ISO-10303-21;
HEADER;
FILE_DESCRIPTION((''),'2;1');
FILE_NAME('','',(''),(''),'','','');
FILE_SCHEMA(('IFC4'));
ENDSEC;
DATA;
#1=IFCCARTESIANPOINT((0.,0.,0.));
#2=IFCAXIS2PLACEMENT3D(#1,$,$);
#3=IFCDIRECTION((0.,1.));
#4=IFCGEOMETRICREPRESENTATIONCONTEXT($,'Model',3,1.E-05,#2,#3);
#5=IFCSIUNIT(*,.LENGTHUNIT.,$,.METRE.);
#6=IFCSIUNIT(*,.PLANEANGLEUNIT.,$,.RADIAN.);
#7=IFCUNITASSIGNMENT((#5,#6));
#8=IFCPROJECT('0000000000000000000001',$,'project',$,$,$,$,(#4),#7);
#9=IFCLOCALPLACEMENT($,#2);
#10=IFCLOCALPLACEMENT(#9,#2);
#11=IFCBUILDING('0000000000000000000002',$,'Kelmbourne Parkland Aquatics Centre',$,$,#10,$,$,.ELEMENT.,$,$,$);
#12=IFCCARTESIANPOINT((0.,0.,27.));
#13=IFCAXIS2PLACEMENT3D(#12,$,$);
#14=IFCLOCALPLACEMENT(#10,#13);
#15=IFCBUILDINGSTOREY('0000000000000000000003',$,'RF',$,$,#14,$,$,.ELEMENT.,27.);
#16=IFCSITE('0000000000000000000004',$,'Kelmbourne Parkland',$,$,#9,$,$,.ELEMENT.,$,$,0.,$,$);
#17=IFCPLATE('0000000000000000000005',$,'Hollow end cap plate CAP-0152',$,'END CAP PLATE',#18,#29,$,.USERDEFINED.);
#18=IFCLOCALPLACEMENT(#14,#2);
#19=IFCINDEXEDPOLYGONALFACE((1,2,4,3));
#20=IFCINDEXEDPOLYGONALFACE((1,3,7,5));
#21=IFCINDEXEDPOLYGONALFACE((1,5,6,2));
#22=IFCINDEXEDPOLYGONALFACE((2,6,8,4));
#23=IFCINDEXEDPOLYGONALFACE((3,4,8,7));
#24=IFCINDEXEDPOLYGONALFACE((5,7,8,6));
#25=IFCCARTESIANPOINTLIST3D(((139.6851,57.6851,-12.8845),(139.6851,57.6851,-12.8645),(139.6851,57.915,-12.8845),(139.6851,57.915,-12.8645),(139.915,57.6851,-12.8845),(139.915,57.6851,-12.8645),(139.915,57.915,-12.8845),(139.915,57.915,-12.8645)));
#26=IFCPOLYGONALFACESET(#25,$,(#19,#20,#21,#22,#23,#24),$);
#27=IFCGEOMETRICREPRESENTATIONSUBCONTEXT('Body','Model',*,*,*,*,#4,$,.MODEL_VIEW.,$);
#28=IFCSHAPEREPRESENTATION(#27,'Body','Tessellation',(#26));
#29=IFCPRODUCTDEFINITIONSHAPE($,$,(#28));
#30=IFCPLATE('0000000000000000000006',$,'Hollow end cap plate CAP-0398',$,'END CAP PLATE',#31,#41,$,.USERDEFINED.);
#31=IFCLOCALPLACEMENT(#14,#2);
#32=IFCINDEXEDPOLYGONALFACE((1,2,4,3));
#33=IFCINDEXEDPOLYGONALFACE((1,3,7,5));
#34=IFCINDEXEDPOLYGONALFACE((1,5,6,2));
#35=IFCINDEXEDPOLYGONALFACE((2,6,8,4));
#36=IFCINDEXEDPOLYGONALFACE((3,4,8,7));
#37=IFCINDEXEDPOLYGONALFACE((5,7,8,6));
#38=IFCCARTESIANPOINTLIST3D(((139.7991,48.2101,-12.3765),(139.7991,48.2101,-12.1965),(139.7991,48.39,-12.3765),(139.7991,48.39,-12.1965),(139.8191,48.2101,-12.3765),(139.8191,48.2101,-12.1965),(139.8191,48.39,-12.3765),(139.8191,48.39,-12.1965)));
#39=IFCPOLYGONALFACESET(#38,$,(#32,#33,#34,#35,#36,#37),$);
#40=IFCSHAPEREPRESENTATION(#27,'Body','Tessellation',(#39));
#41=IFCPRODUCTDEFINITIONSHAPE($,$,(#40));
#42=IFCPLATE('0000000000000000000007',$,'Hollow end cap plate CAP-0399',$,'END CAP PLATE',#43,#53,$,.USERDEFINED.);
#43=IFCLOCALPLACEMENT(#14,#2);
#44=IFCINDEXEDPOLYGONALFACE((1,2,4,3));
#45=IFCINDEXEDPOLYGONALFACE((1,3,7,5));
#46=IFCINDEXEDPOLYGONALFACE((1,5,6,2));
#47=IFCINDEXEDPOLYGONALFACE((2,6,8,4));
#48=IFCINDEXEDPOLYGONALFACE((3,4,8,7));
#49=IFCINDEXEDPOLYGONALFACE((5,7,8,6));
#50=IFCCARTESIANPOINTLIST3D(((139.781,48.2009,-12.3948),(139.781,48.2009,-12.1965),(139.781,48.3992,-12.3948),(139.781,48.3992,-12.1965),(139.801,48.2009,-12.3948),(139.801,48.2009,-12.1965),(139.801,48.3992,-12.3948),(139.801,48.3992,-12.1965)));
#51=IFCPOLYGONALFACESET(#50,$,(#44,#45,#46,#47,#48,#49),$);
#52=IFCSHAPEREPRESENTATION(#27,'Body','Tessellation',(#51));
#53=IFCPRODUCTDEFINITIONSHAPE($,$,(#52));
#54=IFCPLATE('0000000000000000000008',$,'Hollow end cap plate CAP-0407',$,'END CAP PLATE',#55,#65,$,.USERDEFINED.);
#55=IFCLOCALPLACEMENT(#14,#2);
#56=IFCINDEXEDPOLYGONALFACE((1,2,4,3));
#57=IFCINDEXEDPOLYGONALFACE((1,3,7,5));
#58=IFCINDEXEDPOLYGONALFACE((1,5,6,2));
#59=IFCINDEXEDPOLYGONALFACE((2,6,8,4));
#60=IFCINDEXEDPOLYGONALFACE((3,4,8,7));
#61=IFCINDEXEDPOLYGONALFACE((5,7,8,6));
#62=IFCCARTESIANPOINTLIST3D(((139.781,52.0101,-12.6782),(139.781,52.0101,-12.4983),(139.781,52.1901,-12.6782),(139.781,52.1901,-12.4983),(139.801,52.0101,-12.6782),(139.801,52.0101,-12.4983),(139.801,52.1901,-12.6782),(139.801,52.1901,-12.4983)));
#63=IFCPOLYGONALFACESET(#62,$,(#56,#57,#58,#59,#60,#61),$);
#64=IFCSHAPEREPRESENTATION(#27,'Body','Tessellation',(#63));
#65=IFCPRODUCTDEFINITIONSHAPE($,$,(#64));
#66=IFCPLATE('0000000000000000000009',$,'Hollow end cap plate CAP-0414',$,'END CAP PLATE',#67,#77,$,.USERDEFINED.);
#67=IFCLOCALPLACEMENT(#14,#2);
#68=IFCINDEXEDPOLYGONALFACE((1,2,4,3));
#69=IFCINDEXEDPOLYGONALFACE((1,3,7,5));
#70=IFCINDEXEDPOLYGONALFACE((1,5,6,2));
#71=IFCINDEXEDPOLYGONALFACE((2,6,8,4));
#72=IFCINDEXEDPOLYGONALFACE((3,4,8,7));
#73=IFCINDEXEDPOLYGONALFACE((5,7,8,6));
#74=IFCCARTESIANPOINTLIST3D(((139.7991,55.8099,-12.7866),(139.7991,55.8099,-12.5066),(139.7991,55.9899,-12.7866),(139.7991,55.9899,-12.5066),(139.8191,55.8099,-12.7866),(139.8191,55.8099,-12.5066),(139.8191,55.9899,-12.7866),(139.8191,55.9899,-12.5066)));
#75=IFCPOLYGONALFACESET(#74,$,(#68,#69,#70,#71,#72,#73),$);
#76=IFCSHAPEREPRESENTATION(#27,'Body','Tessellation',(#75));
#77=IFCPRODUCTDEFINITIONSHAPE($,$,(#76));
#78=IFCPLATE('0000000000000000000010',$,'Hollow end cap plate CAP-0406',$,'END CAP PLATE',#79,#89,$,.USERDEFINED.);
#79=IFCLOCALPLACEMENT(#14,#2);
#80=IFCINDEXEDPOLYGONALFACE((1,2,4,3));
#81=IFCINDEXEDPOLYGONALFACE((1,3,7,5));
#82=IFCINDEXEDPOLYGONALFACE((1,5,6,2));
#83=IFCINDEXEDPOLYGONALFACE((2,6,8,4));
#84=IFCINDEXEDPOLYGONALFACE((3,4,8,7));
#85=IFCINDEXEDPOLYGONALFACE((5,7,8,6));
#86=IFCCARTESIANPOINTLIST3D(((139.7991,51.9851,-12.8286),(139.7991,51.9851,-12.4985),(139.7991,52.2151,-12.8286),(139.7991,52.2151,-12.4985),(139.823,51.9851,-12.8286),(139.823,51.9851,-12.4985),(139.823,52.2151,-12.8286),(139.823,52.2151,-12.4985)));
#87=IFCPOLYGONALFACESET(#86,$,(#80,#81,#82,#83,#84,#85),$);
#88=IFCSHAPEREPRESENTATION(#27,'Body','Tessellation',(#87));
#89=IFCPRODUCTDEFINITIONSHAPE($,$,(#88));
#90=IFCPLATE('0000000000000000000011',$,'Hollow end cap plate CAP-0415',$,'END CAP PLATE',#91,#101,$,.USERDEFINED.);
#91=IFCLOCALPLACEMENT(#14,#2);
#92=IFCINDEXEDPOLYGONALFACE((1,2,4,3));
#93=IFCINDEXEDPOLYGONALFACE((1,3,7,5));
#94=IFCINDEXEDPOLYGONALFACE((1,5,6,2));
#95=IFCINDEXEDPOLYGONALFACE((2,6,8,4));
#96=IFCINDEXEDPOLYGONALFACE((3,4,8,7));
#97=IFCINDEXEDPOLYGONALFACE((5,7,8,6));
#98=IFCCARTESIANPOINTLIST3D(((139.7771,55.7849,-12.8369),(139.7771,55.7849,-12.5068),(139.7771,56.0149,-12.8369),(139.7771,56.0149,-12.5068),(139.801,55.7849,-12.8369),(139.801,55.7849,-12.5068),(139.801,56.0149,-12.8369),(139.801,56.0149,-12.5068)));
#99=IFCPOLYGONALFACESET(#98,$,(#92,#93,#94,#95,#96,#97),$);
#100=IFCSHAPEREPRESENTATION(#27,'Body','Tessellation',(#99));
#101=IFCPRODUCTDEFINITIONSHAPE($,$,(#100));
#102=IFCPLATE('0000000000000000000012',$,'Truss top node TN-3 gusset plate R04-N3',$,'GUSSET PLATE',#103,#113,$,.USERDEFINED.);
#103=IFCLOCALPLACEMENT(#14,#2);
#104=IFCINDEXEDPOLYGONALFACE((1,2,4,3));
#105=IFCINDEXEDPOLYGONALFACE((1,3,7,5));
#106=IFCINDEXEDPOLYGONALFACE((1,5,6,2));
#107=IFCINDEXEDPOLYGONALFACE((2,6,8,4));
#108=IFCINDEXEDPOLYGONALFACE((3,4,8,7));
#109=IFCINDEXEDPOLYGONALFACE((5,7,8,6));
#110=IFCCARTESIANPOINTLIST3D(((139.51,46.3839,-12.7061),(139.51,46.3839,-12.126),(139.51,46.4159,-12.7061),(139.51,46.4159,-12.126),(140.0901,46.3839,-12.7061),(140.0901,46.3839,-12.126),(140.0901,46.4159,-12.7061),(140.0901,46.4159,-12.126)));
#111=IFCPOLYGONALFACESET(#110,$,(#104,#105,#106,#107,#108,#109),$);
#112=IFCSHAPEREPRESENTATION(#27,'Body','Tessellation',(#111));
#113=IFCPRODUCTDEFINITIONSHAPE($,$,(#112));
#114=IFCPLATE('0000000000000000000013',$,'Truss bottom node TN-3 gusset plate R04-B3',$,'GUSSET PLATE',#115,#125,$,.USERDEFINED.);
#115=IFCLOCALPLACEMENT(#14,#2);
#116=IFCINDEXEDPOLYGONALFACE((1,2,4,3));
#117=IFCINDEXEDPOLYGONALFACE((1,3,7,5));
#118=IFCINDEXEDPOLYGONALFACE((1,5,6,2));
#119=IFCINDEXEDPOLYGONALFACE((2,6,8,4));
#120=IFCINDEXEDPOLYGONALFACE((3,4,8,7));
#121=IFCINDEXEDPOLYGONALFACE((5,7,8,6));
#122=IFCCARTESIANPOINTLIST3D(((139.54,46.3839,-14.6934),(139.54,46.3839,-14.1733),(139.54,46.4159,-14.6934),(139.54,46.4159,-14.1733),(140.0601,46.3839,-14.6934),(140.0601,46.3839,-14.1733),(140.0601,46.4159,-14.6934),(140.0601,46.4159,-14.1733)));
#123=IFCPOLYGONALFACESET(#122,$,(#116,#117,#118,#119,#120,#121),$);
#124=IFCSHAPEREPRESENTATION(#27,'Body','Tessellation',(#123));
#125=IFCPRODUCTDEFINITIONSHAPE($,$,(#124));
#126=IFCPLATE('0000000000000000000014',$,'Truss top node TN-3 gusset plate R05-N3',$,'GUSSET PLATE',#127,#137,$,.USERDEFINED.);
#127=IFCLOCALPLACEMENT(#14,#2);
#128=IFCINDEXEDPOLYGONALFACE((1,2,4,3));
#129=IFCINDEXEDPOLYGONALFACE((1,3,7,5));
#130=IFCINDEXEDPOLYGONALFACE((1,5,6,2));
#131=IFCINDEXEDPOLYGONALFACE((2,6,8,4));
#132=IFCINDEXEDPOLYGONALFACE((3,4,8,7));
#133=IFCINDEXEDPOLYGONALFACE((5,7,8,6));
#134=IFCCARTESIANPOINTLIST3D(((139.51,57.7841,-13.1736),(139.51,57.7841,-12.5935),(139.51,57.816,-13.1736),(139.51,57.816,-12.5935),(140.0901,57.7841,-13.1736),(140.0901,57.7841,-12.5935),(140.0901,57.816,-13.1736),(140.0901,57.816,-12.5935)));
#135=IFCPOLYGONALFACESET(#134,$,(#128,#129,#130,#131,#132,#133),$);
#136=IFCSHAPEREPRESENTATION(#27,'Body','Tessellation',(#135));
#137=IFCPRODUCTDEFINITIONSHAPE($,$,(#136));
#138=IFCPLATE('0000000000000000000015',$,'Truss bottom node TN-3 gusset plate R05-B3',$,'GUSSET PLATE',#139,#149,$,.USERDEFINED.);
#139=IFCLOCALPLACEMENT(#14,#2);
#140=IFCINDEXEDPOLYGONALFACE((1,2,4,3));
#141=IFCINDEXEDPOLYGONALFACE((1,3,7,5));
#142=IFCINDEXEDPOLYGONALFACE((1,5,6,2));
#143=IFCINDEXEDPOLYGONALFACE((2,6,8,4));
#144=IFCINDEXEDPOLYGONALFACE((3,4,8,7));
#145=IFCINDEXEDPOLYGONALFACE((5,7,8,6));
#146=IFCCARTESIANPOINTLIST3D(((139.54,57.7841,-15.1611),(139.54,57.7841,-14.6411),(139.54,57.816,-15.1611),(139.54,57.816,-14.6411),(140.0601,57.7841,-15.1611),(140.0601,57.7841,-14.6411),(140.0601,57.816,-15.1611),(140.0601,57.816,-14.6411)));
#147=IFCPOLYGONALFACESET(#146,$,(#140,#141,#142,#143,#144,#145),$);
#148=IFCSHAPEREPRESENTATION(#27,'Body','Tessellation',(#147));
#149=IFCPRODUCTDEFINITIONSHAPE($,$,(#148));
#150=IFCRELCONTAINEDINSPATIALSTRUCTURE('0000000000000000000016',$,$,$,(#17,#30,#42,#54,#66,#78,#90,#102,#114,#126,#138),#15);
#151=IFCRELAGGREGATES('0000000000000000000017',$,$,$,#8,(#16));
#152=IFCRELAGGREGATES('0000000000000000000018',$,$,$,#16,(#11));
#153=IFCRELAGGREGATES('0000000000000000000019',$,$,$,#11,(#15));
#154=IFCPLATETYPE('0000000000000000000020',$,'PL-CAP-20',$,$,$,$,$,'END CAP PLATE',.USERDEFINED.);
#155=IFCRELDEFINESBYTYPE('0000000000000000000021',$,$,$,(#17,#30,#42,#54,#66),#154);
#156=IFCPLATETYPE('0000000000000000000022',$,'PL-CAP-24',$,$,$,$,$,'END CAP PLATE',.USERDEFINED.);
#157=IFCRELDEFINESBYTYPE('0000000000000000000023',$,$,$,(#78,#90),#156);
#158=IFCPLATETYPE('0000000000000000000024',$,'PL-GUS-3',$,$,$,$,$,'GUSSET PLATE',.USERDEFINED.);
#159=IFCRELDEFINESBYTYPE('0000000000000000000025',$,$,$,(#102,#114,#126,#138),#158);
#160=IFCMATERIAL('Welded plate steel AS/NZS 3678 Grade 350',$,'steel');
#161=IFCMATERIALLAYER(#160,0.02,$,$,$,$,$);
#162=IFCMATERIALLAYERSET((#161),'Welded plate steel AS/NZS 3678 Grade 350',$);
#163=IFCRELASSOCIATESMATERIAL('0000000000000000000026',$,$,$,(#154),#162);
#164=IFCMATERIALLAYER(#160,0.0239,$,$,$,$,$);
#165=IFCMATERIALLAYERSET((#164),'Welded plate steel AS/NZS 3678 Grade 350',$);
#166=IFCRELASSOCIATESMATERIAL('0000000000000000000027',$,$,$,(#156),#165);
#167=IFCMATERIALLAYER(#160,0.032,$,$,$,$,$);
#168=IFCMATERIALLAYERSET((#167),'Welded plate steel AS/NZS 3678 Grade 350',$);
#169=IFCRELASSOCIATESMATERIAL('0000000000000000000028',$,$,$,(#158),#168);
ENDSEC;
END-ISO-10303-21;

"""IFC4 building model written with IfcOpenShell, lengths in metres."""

from ifc_helpers import new_model, si_unit, direction, frame, origin, origin_2d, place, context, subcontext, project, spatial, rectangle, extrude, material, layer, layer_set, type_object, element, save


model = new_model("IFC4")

# Units and contexts
model_context = context("Model", 3, precision=1e-05, world=origin(), true_north=direction((0.0, 1.0)))
body_context = subcontext(model_context, "Body", "Model", "MODEL_VIEW")
ifc_project = project(units=[si_unit("LENGTHUNIT", "METRE"), si_unit("PLANEANGLEUNIT", "RADIAN")], contexts=[model_context])

# Site, building, storey
site_placement = place(None, origin())
site = spatial("IfcSite", under=ifc_project, at=site_placement, Name="Kelmbourne Parkland", CompositionType="ELEMENT", RefElevation=0.0)
building_placement = place(site_placement, origin())
building = spatial("IfcBuilding", under=site, at=building_placement, Name="Kelmbourne Parkland Aquatics Centre", CompositionType="ELEMENT")
storey_placement = place(building_placement, frame((0.0, 0.0, 27.0)))
storey = spatial("IfcBuildingStorey", under=building, at=storey_placement, Name="RF", CompositionType="ELEMENT", Elevation=27.0)

# Shared definitions
ifc_material_1 = material(Name="Welded plate steel AS/NZS 3678 Grade 350", Category="steel")

# Plates
ifc_layer_1 = layer(ifc_material_1, 0.02)
ifc_layer_set_1 = layer_set([ifc_layer_1], Name="Welded plate steel AS/NZS 3678 Grade 350")
plate_type_1 = type_object("IfcPlateType", Name="PL-CAP-20", ElementType="END CAP PLATE", PredefinedType="USERDEFINED", material=ifc_layer_set_1)
for number, where, z_axis, x_axis, name in (
    (1, (139.8, 57.8, -12.8845), (0.0, 0.0, 1.0), (1.0, 0.0, 0.0), "Hollow end cap plate CAP-0152"),
):
    element("IfcPlate", number, at=place(storey_placement, frame(where, z_axis=z_axis, x_axis=x_axis)), inside=storey, type_object=plate_type_1, Name=name, ObjectType="END CAP PLATE", PredefinedType="USERDEFINED", context=body_context, shape_type="SweptSolid", body=[
        extrude(rectangle(XDim=0.23, YDim=0.23, at=origin_2d()), origin(), (0.0, 0.0, 1.0), 0.02),
    ])
plate_1_placement = place(storey_placement, frame((139.8091, 48.3, -12.3765), z_axis=(0.0, 0.0, 1.0), x_axis=(1.0, 0.0, 0.0)))
element("IfcPlate", 2, at=plate_1_placement, inside=storey, type_object=plate_type_1, Name="Hollow end cap plate CAP-0398", ObjectType="END CAP PLATE", PredefinedType="USERDEFINED", context=body_context, shape_type="SweptSolid", body=[
    extrude(rectangle(XDim=0.02, YDim=0.1799, at=origin_2d()), origin(), (0.0, 0.0, 1.0), 0.1799),
])
plate_2_placement = place(storey_placement, frame((139.791, 48.3, -12.3948), z_axis=(0.0, 0.0, 1.0), x_axis=(-1.0, 0.0, 0.0)))
element("IfcPlate", 3, at=plate_2_placement, inside=storey, type_object=plate_type_1, Name="Hollow end cap plate CAP-0399", ObjectType="END CAP PLATE", PredefinedType="USERDEFINED", context=body_context, shape_type="SweptSolid", body=[
    extrude(rectangle(XDim=0.02, YDim=0.1982, at=origin_2d()), origin(), (0.0, 0.0, 1.0), 0.1982),
])
plate_3_placement = place(storey_placement, frame((139.791, 52.1001, -12.6782), z_axis=(0.0, 0.0, 1.0), x_axis=(-1.0, 0.0, 0.0)))
element("IfcPlate", 4, at=plate_3_placement, inside=storey, type_object=plate_type_1, Name="Hollow end cap plate CAP-0407", ObjectType="END CAP PLATE", PredefinedType="USERDEFINED", context=body_context, shape_type="SweptSolid", body=[
    extrude(rectangle(XDim=0.02, YDim=0.1799, at=origin_2d()), origin(), (0.0, 0.0, 1.0), 0.1799),
])
plate_4_placement = place(storey_placement, frame((139.8091, 55.8999, -12.7866), z_axis=(0.0, 0.0, 1.0), x_axis=(1.0, 0.0, 0.0)))
element("IfcPlate", 5, at=plate_4_placement, inside=storey, type_object=plate_type_1, Name="Hollow end cap plate CAP-0414", ObjectType="END CAP PLATE", PredefinedType="USERDEFINED", context=body_context, shape_type="SweptSolid", body=[
    extrude(rectangle(XDim=0.02, YDim=0.1799, at=origin_2d()), origin(), (0.0, 0.0, 1.0), 0.28),
])
ifc_layer_2 = layer(ifc_material_1, 0.0239)
ifc_layer_set_2 = layer_set([ifc_layer_2], Name="Welded plate steel AS/NZS 3678 Grade 350")
plate_type_2 = type_object("IfcPlateType", Name="PL-CAP-24", ElementType="END CAP PLATE", PredefinedType="USERDEFINED", material=ifc_layer_set_2)
for number, where, z_axis, x_axis, name in (
    (6, (139.811, 52.1001, -12.8286), (0.0, 0.0, 1.0), (1.0, 0.0, 0.0), "Hollow end cap plate CAP-0406"),
    (7, (139.7891, 55.8999, -12.8369), (0.0, 0.0, 1.0), (-1.0, 0.0, 0.0), "Hollow end cap plate CAP-0415"),
):
    element("IfcPlate", number, at=place(storey_placement, frame(where, z_axis=z_axis, x_axis=x_axis)), inside=storey, type_object=plate_type_2, Name=name, ObjectType="END CAP PLATE", PredefinedType="USERDEFINED", context=body_context, shape_type="SweptSolid", body=[
        extrude(rectangle(XDim=0.0239, YDim=0.23, at=origin_2d()), origin(), (0.0, 0.0, 1.0), 0.3301),
    ])
ifc_layer_3 = layer(ifc_material_1, 0.032)
ifc_layer_set_3 = layer_set([ifc_layer_3], Name="Welded plate steel AS/NZS 3678 Grade 350")
plate_type_3 = type_object("IfcPlateType", Name="PL-GUS-3", ElementType="GUSSET PLATE", PredefinedType="USERDEFINED", material=ifc_layer_set_3)
plate_5_placement = place(storey_placement, frame((139.8, 46.3999, -12.7061), z_axis=(0.0, 0.0, 1.0), x_axis=(1.0, 0.0, 0.0)))
element("IfcPlate", 8, at=plate_5_placement, inside=storey, type_object=plate_type_3, Name="Truss top node TN-3 gusset plate R04-N3", ObjectType="GUSSET PLATE", PredefinedType="USERDEFINED", context=body_context, shape_type="SweptSolid", body=[
    extrude(rectangle(XDim=0.5801, YDim=0.032, at=origin_2d()), origin(), (0.0, 0.0, 1.0), 0.5801),
])
plate_6_placement = place(storey_placement, frame((139.8, 46.3999, -14.6934), z_axis=(0.0, 0.0, 1.0), x_axis=(1.0, 0.0, 0.0)))
element("IfcPlate", 9, at=plate_6_placement, inside=storey, type_object=plate_type_3, Name="Truss bottom node TN-3 gusset plate R04-B3", ObjectType="GUSSET PLATE", PredefinedType="USERDEFINED", context=body_context, shape_type="SweptSolid", body=[
    extrude(rectangle(XDim=0.52, YDim=0.032, at=origin_2d()), origin(), (0.0, 0.0, 1.0), 0.52),
])
plate_7_placement = place(storey_placement, frame((139.8, 57.8, -13.1736), z_axis=(0.0, 0.0, 1.0), x_axis=(1.0, 0.0, 0.0)))
element("IfcPlate", 10, at=plate_7_placement, inside=storey, type_object=plate_type_3, Name="Truss top node TN-3 gusset plate R05-N3", ObjectType="GUSSET PLATE", PredefinedType="USERDEFINED", context=body_context, shape_type="SweptSolid", body=[
    extrude(rectangle(XDim=0.5801, YDim=0.032, at=origin_2d()), origin(), (0.0, 0.0, 1.0), 0.5801),
])
plate_8_placement = place(storey_placement, frame((139.8, 57.8, -15.1611), z_axis=(0.0, 0.0, 1.0), x_axis=(1.0, 0.0, 0.0)))
element("IfcPlate", 11, at=plate_8_placement, inside=storey, type_object=plate_type_3, Name="Truss bottom node TN-3 gusset plate R05-B3", ObjectType="GUSSET PLATE", PredefinedType="USERDEFINED", context=body_context, shape_type="SweptSolid", body=[
    extrude(rectangle(XDim=0.52, YDim=0.032, at=origin_2d()), origin(), (0.0, 0.0, 1.0), 0.52),
])

save(model, "model.ifc")
